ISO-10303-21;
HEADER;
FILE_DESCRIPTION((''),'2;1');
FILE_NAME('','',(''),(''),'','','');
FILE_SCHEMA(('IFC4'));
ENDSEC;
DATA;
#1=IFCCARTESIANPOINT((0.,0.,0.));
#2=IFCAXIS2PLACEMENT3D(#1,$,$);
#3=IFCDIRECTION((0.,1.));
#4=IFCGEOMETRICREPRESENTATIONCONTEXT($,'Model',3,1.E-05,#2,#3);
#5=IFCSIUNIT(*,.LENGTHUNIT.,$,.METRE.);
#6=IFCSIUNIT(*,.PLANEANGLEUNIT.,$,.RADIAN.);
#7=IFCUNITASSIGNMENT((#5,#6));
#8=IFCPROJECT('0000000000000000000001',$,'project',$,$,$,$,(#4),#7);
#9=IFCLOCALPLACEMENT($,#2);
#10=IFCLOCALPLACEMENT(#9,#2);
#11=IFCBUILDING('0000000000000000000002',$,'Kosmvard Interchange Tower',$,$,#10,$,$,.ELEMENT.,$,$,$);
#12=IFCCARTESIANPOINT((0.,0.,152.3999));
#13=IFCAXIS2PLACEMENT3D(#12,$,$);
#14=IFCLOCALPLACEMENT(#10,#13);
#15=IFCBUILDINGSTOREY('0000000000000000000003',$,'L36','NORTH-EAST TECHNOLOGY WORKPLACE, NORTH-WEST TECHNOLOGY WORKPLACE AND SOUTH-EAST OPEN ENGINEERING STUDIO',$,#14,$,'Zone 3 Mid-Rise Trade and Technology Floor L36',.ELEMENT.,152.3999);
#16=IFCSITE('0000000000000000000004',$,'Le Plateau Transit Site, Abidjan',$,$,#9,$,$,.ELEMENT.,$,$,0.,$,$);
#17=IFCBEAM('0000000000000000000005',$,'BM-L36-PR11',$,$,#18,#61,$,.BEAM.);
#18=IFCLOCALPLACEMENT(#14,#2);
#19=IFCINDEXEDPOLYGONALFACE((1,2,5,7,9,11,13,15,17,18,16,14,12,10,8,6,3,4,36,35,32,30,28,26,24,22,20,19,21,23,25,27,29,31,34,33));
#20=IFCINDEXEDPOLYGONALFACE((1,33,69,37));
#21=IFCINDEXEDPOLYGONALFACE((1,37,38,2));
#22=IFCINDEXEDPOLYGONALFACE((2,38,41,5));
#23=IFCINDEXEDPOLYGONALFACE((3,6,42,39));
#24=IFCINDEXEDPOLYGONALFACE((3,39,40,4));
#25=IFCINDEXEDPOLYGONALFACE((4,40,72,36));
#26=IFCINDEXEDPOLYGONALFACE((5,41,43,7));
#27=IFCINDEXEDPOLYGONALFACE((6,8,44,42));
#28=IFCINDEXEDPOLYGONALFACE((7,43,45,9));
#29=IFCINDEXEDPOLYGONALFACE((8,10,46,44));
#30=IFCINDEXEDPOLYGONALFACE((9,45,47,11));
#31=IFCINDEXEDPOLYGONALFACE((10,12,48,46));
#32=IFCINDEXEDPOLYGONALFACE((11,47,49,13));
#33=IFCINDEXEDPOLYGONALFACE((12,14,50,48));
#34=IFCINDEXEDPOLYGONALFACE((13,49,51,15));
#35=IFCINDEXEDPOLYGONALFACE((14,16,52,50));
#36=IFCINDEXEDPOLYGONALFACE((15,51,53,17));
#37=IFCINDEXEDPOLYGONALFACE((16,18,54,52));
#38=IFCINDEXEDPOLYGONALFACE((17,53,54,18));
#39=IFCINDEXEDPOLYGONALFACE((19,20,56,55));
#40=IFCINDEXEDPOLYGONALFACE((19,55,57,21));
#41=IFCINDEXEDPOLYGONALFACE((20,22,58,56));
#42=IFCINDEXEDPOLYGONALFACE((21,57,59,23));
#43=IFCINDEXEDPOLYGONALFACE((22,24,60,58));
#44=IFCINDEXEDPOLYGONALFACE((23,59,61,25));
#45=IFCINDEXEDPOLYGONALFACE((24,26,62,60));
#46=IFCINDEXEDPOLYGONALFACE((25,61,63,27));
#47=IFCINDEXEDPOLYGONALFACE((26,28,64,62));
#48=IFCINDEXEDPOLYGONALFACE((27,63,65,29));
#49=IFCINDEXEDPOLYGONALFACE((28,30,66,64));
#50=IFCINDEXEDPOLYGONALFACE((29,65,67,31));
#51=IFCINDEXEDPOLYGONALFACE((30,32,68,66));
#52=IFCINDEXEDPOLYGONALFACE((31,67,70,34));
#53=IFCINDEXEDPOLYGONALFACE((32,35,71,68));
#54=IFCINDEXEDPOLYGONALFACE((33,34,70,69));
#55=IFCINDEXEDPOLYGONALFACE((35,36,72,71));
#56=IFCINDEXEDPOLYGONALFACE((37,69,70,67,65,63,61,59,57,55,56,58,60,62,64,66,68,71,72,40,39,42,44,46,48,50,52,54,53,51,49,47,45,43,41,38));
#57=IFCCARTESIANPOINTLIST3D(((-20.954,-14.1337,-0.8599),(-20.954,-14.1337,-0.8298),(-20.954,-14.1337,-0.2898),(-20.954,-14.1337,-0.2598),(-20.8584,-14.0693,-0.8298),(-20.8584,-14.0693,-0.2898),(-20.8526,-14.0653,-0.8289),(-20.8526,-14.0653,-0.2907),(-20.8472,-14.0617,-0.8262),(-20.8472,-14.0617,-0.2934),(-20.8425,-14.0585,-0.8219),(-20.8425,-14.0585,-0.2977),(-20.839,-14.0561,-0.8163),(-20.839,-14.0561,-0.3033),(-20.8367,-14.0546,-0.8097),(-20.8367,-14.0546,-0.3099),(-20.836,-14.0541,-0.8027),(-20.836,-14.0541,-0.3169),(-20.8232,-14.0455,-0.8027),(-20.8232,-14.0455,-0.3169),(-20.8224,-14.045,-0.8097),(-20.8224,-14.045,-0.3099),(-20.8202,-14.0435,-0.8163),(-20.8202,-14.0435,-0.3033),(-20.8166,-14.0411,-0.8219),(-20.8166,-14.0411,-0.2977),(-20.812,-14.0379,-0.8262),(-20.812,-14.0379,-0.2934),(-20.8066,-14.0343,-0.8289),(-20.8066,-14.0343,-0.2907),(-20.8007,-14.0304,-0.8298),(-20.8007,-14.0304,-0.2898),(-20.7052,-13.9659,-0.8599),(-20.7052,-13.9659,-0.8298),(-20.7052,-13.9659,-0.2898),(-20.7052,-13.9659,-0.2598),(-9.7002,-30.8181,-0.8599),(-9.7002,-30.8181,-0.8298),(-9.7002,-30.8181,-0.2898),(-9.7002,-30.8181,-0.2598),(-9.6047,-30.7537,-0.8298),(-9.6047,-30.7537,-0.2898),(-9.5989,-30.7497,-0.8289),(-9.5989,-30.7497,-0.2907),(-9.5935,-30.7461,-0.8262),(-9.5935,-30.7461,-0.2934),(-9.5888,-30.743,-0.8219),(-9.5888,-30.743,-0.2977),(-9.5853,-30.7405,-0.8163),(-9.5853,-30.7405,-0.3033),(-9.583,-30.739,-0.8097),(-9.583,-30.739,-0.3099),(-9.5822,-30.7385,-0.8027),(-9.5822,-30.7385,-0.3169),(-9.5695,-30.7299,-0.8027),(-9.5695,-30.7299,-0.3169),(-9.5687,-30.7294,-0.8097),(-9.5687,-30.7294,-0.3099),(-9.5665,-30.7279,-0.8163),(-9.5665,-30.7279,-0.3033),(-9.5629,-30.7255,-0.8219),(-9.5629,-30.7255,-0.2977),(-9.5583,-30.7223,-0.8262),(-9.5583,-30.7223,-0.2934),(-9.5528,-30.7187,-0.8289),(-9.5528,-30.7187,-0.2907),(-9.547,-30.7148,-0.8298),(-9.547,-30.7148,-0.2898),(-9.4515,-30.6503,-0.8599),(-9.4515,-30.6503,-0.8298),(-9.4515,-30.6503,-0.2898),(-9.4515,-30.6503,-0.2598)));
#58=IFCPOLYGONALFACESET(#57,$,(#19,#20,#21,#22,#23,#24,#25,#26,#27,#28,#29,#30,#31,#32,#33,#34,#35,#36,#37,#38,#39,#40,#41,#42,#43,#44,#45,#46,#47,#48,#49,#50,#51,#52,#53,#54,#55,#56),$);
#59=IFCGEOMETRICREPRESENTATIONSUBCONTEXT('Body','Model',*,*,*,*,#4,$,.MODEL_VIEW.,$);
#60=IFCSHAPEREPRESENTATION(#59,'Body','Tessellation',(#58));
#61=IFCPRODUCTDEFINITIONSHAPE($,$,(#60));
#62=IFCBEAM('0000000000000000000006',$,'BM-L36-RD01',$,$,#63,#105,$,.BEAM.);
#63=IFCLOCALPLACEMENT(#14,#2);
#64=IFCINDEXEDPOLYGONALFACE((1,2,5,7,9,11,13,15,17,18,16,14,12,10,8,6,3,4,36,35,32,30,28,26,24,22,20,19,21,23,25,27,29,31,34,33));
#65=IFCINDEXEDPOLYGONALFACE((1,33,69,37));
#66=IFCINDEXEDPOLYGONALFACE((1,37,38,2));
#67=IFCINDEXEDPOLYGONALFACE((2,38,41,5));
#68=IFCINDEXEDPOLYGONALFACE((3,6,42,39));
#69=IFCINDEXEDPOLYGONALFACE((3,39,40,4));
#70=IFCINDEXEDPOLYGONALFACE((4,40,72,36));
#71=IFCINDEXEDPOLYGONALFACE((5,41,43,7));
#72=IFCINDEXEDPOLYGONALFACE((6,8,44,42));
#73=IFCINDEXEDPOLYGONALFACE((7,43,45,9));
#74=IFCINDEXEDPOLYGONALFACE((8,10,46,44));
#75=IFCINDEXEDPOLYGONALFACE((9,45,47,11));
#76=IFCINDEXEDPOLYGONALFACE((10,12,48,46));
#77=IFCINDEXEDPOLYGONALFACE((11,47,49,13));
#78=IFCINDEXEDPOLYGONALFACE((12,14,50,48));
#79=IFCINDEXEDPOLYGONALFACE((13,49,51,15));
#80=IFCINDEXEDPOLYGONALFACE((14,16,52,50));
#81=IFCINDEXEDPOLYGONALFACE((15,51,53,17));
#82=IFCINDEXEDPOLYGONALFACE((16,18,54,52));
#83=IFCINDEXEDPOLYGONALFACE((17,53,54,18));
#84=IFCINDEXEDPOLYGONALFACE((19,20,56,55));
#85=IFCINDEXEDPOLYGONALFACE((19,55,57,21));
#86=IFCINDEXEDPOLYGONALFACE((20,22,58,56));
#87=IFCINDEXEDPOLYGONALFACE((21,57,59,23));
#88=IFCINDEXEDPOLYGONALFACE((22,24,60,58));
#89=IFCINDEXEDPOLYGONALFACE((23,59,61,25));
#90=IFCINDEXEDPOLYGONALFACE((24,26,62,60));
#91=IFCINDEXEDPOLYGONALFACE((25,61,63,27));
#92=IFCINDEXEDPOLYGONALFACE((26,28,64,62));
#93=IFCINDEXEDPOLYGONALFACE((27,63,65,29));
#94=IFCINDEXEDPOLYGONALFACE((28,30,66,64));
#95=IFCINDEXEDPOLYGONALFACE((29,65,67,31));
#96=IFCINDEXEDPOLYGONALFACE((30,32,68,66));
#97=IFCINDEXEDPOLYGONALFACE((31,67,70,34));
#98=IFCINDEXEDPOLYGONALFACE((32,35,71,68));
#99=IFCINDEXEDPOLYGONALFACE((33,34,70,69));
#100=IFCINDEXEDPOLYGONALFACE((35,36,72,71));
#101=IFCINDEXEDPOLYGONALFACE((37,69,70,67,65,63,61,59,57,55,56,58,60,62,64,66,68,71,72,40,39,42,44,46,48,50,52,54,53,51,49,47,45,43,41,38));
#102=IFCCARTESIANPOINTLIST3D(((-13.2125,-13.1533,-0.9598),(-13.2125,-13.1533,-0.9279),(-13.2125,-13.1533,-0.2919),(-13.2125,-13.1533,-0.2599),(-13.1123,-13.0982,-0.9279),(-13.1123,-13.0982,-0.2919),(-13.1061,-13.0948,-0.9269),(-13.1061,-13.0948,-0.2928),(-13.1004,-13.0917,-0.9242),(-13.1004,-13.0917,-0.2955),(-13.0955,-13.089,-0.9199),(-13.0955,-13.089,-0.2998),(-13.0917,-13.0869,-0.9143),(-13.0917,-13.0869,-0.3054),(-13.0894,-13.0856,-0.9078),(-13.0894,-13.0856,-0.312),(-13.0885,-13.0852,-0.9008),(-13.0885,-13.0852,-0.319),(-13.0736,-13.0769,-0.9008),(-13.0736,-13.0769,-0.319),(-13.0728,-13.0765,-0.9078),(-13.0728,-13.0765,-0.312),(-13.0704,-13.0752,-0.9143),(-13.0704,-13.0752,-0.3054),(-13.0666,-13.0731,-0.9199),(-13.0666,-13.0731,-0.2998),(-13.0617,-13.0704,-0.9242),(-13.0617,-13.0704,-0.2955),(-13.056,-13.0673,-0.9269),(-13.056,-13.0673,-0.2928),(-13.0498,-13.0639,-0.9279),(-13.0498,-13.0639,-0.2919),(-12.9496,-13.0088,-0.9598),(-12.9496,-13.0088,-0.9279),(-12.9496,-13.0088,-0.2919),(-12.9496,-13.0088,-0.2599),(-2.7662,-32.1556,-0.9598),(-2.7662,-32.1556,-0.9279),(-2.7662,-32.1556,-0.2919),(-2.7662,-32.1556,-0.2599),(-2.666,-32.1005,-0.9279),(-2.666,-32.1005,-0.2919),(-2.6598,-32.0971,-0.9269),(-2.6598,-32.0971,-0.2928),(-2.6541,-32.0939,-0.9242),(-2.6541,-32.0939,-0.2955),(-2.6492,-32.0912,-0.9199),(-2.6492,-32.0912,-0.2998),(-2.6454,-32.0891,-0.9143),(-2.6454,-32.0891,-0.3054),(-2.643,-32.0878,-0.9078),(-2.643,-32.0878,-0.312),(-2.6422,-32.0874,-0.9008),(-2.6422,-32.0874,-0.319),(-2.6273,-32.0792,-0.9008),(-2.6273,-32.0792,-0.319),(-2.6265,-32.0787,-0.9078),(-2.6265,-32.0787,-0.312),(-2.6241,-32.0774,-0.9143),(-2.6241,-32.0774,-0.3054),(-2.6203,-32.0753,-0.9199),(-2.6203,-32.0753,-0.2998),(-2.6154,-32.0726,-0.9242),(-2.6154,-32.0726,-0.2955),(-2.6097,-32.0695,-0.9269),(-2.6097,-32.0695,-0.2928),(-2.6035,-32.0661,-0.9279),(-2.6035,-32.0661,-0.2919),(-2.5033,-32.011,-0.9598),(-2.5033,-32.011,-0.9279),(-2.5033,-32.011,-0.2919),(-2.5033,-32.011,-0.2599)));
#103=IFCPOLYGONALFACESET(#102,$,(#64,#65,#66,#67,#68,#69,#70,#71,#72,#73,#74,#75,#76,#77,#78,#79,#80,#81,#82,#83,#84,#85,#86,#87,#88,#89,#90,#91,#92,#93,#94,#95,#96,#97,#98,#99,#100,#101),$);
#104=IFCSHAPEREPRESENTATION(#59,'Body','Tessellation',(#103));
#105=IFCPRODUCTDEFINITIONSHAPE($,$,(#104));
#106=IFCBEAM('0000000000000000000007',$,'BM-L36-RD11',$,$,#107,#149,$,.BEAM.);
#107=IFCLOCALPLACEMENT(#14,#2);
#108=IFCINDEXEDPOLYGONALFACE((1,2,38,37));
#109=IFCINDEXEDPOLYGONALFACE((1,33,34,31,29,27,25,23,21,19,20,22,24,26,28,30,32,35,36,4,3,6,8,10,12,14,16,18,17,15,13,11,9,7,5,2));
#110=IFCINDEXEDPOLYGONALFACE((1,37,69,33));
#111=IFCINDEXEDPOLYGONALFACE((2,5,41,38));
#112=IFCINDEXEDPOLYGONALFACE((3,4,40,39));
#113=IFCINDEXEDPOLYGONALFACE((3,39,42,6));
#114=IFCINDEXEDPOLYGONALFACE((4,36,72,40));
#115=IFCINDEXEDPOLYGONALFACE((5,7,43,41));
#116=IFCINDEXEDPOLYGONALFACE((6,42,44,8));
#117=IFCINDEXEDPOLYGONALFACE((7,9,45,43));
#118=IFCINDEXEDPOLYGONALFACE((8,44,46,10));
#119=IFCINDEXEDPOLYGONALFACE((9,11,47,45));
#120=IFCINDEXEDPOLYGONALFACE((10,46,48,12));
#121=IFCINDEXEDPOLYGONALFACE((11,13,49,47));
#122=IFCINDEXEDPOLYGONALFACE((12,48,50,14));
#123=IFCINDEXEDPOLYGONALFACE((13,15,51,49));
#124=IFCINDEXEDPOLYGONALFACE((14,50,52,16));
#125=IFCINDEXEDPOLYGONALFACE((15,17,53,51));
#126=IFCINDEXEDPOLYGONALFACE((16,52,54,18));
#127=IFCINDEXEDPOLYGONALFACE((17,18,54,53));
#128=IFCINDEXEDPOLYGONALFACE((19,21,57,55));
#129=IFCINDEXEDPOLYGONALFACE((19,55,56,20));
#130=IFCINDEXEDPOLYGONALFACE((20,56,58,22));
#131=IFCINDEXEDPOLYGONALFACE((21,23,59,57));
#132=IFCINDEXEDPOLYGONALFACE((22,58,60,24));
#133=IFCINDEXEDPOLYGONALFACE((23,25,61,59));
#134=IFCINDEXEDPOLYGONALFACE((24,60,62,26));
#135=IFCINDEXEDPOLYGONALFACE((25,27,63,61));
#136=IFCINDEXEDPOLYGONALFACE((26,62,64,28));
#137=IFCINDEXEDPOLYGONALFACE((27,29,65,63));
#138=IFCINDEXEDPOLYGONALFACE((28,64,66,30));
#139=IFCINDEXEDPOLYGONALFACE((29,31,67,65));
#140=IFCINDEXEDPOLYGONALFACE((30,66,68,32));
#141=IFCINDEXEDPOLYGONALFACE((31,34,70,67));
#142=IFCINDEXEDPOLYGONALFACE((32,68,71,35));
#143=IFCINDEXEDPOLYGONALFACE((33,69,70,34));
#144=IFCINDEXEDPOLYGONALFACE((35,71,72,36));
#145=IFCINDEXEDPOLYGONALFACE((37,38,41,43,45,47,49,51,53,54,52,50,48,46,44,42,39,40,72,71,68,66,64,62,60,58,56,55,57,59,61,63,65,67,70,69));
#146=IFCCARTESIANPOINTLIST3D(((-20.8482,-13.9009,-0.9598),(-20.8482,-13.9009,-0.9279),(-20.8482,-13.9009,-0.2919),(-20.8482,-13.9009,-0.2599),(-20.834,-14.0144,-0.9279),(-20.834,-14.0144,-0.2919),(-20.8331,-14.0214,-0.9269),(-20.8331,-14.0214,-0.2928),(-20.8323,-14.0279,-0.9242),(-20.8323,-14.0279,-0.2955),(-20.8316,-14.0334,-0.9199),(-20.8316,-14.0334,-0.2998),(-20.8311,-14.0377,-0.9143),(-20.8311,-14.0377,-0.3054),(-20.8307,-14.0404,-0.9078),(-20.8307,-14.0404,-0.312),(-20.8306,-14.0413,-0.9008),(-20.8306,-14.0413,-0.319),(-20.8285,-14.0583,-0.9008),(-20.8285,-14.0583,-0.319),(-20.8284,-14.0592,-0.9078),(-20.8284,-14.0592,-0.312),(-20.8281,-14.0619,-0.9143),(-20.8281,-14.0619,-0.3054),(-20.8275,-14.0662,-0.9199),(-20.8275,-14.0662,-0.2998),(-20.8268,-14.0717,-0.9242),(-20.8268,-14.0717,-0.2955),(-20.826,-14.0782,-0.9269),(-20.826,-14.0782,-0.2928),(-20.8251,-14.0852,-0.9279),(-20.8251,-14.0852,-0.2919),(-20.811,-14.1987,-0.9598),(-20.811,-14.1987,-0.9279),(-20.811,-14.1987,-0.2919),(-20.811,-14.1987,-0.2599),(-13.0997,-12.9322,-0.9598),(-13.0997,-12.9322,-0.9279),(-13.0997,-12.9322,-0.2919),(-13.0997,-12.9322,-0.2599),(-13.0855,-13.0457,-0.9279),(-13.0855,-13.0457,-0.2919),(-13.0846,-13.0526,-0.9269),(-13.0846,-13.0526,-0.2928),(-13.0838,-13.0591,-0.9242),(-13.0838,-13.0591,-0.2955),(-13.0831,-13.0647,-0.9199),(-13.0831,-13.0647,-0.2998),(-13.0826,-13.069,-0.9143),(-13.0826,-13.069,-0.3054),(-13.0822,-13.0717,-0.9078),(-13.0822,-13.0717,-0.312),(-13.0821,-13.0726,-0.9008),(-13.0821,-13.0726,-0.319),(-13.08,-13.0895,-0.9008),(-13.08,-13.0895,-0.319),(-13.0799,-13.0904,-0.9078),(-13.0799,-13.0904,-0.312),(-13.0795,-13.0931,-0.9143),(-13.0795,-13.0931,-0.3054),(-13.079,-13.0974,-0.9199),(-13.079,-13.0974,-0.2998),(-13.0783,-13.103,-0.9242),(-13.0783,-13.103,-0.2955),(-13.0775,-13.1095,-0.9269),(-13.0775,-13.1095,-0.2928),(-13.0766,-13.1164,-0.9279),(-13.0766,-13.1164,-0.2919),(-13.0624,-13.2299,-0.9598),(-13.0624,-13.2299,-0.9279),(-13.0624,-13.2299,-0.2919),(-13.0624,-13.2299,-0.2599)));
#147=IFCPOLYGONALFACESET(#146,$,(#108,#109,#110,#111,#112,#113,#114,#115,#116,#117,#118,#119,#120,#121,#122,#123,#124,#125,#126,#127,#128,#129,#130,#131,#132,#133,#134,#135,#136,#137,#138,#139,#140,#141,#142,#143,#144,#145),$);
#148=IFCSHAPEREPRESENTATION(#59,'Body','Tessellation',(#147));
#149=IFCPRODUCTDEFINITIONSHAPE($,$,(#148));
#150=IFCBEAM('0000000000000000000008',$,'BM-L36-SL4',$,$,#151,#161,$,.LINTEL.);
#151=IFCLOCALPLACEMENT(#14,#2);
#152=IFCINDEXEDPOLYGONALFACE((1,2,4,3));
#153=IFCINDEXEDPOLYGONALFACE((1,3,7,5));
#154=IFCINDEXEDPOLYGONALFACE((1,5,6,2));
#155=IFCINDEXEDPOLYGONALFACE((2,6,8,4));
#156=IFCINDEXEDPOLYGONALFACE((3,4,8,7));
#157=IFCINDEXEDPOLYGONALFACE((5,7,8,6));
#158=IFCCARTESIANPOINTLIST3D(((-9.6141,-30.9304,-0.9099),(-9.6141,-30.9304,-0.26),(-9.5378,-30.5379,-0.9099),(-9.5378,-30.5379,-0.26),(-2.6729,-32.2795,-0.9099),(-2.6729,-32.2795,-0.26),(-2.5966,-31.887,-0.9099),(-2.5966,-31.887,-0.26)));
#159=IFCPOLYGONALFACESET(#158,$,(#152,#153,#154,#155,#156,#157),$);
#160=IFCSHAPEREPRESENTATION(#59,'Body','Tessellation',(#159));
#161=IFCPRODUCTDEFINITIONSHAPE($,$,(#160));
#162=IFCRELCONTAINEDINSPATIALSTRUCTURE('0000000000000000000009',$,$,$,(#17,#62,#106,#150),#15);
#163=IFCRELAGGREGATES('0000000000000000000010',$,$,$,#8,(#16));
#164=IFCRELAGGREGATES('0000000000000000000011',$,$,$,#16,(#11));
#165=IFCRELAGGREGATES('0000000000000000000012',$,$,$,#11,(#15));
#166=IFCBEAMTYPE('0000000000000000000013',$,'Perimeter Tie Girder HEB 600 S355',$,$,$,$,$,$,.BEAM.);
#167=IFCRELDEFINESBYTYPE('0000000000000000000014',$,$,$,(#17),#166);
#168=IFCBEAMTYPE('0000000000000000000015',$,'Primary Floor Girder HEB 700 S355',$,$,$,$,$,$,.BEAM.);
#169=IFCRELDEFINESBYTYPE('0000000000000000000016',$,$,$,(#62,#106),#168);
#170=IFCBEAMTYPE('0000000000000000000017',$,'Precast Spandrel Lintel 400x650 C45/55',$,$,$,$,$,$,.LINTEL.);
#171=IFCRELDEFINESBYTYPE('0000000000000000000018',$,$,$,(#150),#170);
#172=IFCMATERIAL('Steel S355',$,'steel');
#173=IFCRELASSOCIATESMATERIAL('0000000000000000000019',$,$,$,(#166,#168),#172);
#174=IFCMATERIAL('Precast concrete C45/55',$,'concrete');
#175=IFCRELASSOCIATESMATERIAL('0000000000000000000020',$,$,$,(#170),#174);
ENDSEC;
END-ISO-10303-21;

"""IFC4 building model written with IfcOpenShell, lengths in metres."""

from ifc_helpers import new_model, si_unit, direction, frame, origin, origin_2d, place, context, subcontext, project, spatial, rectangle, i_section, extrude, source, transform, mapped, material, material_profile, profile_set, type_object, element, save


model = new_model("IFC4")

# Units and contexts
model_context = context("Model", 3, precision=1e-05, world=origin(), true_north=direction((0.0, 1.0)))
body_context = subcontext(model_context, "Body", "Model", "MODEL_VIEW")
ifc_project = project(units=[si_unit("LENGTHUNIT", "METRE"), si_unit("PLANEANGLEUNIT", "RADIAN")], contexts=[model_context])

# Site, building, storey
site_placement = place(None, origin())
site = spatial("IfcSite", under=ifc_project, at=site_placement, Name="Le Plateau Transit Site, Abidjan", CompositionType="ELEMENT", RefElevation=0.0)
building_placement = place(site_placement, origin())
building = spatial("IfcBuilding", under=site, at=building_placement, Name="Kosmvard Interchange Tower", CompositionType="ELEMENT")
storey_placement = place(building_placement, frame((0.0, 0.0, 152.3999)))
storey = spatial("IfcBuildingStorey", under=building, at=storey_placement, Name="L36", Description="NORTH-EAST TECHNOLOGY WORKPLACE, NORTH-WEST TECHNOLOGY WORKPLACE AND SOUTH-EAST OPEN ENGINEERING STUDIO", LongName="Zone 3 Mid-Rise Trade and Technology Floor L36", CompositionType="ELEMENT", Elevation=152.3999)

# Beams
ifc_material_1 = material(Name="Steel S355", Category="steel")
ifc_material_profile_1 = material_profile(ifc_material_1, i_section(OverallWidth=0.3, OverallDepth=0.6001, WebThickness=0.0154, FlangeThickness=0.03, FilletRadius=0.0271, at=origin_2d()), Name="HEB 600")
ifc_profile_set_1 = profile_set([ifc_material_profile_1], Name="Steel S355")
beam_type_1 = type_object("IfcBeamType", Name="Perimeter Tie Girder HEB 600 S355", PredefinedType="BEAM", material=ifc_profile_set_1)
shared_shape_1 = source(origin(), body_context, "Body", "SweptSolid", [
    extrude(i_section(OverallWidth=0.3, OverallDepth=0.6001, WebThickness=0.0154, FlangeThickness=0.03, FilletRadius=0.0271, at=origin_2d()), origin(), (0.0, 0.0, 1.0), 20.125),
])
for number, where, z_axis, x_axis, name in (
    (1, (-20.8296, -14.0498, -0.5598), (0.559191, -0.829039, 0.0), (0.829039, 0.559191, 0.0), "BM-L36-PR11"),
):
    element("IfcBeam", number, at=place(storey_placement, frame(where, z_axis=z_axis, x_axis=x_axis)), inside=storey, type_object=beam_type_1, Name=name, PredefinedType="BEAM", context=body_context, shape_type="MappedRepresentation", body=[
        mapped(shared_shape_1, transform((0.0, 0.0, 0.0), scale=1.0)),
    ])
ifc_material_profile_2 = material_profile(ifc_material_1, i_section(OverallWidth=0.3, OverallDepth=0.7, WebThickness=0.0171, FlangeThickness=0.032, FilletRadius=0.0271, at=origin_2d()), Name="HEB 700")
ifc_profile_set_2 = profile_set([ifc_material_profile_2], Name="Steel S355")
beam_type_2 = type_object("IfcBeamType", Name="Primary Floor Girder HEB 700 S355", PredefinedType="BEAM", material=ifc_profile_set_2)
shared_shape_2 = source(origin(), body_context, "Body", "SweptSolid", [
    extrude(i_section(OverallWidth=0.3, OverallDepth=0.7, WebThickness=0.0171, FlangeThickness=0.032, FilletRadius=0.0271, at=origin_2d()), origin(), (0.0, 0.0, 1.0), 21.6843),
])
beam_1_placement = place(storey_placement, frame((-13.0811, -13.0811, -0.6099), z_axis=(0.481745, -0.876312, 0.0), x_axis=(0.876312, 0.481745, 0.0)))
element("IfcBeam", 2, at=beam_1_placement, inside=storey, type_object=beam_type_2, Name="BM-L36-RD01", PredefinedType="BEAM", context=body_context, shape_type="MappedRepresentation", body=[
    mapped(shared_shape_2, transform((0.0, 0.0, 0.0), scale=1.0)),
])
shared_shape_3 = source(origin(), body_context, "Body", "SweptSolid", [
    extrude(i_section(OverallWidth=0.3, OverallDepth=0.7, WebThickness=0.0171, FlangeThickness=0.032, FilletRadius=0.0271, at=origin_2d()), origin(), (0.0, 0.0, 1.0), 7.8088),
])
beam_2_placement = place(storey_placement, frame((-13.0811, -13.0811, -0.6099), z_axis=(-0.992275, -0.124058, 0.0), x_axis=(0.124058, -0.992275, 0.0)))
element("IfcBeam", 3, at=beam_2_placement, inside=storey, type_object=beam_type_2, Name="BM-L36-RD11", PredefinedType="BEAM", context=body_context, shape_type="MappedRepresentation", body=[
    mapped(shared_shape_3, transform((0.0, 0.0, 0.0), scale=1.0)),
])
ifc_material_2 = material(Name="Precast concrete C45/55", Category="concrete")
ifc_material_profile_3 = material_profile(ifc_material_2, rectangle(XDim=0.3999, YDim=0.6499, at=origin_2d()), Name="SL 400x650")
ifc_profile_set_3 = profile_set([ifc_material_profile_3], Name="Precast concrete C45/55")
beam_type_3 = type_object("IfcBeamType", Name="Precast Spandrel Lintel 400x650 C45/55", PredefinedType="LINTEL", material=ifc_profile_set_3)
shared_shape_4 = source(origin(), body_context, "Body", "SweptSolid", [
    extrude(rectangle(XDim=0.3999, YDim=0.6499, at=origin_2d()), origin(), (0.0, 0.0, 1.0), 7.071),
])
beam_3_placement = place(storey_placement, frame((-9.5759, -30.7341, -0.585), z_axis=(0.98163, -0.190795, 0.0), x_axis=(0.190795, 0.98163, 0.0)))
element("IfcBeam", 4, at=beam_3_placement, inside=storey, type_object=beam_type_3, Name="BM-L36-SL4", PredefinedType="LINTEL", context=body_context, shape_type="MappedRepresentation", body=[
    mapped(shared_shape_4, transform((0.0, 0.0, 0.0), scale=1.0)),
])

save(model, "model.ifc")
